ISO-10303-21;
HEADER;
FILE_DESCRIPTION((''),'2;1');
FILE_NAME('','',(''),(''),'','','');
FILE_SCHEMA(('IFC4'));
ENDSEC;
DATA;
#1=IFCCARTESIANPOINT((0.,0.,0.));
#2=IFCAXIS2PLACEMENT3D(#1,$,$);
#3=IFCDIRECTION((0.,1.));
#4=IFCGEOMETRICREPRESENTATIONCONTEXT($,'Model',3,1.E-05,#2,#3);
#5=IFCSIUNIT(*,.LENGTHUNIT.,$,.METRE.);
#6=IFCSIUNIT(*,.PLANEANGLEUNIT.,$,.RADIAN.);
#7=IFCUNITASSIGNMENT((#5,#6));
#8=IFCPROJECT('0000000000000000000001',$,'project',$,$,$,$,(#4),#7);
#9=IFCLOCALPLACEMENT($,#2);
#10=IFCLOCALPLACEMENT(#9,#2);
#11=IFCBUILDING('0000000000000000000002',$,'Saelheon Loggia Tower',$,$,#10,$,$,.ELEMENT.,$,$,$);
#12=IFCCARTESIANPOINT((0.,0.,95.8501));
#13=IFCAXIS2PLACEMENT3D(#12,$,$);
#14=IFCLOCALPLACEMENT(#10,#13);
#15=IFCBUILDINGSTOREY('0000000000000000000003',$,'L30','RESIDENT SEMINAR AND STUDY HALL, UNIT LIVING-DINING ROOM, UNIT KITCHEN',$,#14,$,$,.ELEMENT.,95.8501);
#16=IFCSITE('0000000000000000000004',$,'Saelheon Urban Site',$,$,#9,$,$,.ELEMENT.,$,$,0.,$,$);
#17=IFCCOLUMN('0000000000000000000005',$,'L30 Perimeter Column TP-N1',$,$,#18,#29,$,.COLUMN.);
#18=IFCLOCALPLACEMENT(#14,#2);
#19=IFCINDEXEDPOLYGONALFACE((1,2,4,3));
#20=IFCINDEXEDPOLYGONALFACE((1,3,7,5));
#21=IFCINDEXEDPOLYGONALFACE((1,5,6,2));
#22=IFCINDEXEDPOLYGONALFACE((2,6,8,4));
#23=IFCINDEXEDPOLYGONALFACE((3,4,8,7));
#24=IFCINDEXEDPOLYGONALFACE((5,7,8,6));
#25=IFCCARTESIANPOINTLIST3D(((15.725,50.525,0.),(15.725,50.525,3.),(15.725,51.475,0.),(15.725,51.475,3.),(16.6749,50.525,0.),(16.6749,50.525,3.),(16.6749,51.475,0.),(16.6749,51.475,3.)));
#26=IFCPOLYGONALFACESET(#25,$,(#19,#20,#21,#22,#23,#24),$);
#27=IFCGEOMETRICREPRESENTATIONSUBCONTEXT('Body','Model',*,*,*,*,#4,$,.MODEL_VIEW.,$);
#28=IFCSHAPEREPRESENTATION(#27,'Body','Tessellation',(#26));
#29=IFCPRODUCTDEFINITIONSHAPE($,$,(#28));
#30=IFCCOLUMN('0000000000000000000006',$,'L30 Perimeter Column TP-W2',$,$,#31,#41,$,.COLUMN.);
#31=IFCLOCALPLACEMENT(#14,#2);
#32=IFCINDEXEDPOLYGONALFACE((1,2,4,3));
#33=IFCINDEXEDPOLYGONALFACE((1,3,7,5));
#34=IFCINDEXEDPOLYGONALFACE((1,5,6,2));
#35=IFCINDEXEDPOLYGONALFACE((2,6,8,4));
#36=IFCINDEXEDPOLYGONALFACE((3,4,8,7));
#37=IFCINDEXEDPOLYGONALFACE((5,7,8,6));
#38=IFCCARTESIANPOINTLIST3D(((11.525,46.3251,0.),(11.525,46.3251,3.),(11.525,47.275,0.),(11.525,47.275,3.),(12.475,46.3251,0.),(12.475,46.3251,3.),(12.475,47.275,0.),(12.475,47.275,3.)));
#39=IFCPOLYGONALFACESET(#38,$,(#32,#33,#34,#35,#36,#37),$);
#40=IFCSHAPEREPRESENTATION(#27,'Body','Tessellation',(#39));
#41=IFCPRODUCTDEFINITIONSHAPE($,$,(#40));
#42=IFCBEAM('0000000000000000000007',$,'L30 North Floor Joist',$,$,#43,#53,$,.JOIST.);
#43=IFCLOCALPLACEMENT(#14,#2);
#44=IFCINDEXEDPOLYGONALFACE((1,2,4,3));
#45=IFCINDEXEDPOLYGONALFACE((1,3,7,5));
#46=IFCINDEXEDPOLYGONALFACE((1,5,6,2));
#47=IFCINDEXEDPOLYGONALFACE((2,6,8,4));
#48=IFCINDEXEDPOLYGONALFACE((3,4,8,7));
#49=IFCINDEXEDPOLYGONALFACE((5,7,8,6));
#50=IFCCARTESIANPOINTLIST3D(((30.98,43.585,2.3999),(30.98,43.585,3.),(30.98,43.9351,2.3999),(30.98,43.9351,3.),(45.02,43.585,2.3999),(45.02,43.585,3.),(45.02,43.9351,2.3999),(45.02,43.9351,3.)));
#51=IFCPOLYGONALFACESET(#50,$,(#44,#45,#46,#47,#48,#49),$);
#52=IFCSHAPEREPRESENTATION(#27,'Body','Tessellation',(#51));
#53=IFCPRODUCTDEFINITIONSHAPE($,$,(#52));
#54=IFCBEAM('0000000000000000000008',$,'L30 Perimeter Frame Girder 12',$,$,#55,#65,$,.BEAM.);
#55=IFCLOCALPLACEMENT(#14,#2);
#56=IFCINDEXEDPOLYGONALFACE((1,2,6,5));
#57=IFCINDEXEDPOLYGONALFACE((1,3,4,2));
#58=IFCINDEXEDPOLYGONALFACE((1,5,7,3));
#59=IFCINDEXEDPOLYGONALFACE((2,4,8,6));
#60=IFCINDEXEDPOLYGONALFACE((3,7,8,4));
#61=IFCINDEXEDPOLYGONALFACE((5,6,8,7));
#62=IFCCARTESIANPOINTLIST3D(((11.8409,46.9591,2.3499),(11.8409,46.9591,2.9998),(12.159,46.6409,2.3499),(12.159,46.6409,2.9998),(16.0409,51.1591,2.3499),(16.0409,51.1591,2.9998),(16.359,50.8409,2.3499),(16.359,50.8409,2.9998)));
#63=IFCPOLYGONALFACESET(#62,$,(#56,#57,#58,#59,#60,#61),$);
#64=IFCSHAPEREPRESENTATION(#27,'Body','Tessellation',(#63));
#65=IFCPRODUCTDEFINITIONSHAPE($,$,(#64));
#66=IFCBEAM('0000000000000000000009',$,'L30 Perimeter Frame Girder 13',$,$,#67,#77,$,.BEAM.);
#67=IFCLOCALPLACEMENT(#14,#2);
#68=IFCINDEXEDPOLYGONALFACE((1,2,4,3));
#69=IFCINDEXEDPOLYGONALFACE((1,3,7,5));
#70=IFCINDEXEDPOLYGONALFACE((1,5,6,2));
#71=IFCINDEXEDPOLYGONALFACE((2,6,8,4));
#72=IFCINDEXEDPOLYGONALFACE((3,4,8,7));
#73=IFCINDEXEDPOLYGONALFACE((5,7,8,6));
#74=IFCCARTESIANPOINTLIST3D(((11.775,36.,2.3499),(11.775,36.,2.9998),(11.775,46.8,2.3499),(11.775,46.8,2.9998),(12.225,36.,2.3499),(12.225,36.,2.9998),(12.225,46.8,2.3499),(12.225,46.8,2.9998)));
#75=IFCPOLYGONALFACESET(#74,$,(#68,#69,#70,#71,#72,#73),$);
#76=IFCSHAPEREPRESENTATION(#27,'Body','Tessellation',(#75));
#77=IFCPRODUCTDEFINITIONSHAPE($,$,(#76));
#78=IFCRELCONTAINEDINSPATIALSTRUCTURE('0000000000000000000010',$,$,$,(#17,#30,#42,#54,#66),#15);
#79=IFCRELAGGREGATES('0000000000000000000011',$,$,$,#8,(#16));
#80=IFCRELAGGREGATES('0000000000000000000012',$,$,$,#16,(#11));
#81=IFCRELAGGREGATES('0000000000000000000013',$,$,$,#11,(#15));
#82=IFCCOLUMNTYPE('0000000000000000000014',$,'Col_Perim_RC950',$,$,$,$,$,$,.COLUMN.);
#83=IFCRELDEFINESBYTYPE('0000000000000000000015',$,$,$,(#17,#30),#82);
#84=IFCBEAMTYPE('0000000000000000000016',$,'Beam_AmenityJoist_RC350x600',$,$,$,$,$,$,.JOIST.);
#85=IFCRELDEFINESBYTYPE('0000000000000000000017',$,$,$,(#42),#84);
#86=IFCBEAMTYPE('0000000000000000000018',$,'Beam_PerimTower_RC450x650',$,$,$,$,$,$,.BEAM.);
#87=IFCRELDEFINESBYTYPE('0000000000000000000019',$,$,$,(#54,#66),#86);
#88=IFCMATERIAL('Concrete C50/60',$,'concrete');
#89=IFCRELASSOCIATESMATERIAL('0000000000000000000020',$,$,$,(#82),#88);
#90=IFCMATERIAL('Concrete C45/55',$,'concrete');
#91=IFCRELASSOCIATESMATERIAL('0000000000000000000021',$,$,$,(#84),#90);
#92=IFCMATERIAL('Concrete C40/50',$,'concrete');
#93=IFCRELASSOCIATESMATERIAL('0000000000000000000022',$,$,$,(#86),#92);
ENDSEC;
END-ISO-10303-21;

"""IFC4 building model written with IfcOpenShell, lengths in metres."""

from ifc_helpers import new_model, si_unit, direction, frame, origin, origin_2d, place, context, subcontext, project, spatial, rectangle, extrude, source, transform, mapped, material, material_profile, profile_set, type_object, element, save


model = new_model("IFC4")

# Units and contexts
model_context = context("Model", 3, precision=1e-05, world=origin(), true_north=direction((0.0, 1.0)))
body_context = subcontext(model_context, "Body", "Model", "MODEL_VIEW")
ifc_project = project(units=[si_unit("LENGTHUNIT", "METRE"), si_unit("PLANEANGLEUNIT", "RADIAN")], contexts=[model_context])

# Site, building, storey
site_placement = place(None, origin())
site = spatial("IfcSite", under=ifc_project, at=site_placement, Name="Saelheon Urban Site", CompositionType="ELEMENT", RefElevation=0.0)
building_placement = place(site_placement, origin())
building = spatial("IfcBuilding", under=site, at=building_placement, Name="Saelheon Loggia Tower", CompositionType="ELEMENT")
storey_placement = place(building_placement, frame((0.0, 0.0, 95.8501)))
storey = spatial("IfcBuildingStorey", under=building, at=storey_placement, Name="L30", Description="RESIDENT SEMINAR AND STUDY HALL, UNIT LIVING-DINING ROOM, UNIT KITCHEN", CompositionType="ELEMENT", Elevation=95.8501)

# Columns
ifc_material_1 = material(Name="Concrete C50/60", Category="concrete")
ifc_material_profile_1 = material_profile(ifc_material_1, rectangle(XDim=0.95, YDim=0.95, at=origin_2d()), Name="RC-950x950")
ifc_profile_set_1 = profile_set([ifc_material_profile_1], Name="Concrete C50/60")
column_type = type_object("IfcColumnType", Name="Col_Perim_RC950", PredefinedType="COLUMN", material=ifc_profile_set_1)
shared_shape_1 = source(origin(), body_context, "Body", "SweptSolid", [
    extrude(rectangle(XDim=0.95, YDim=0.95, at=origin_2d()), origin(), (0.0, 0.0, 1.0), 3.0),
])
for number, where, z_axis, x_axis, name in (
    (1, (16.2, 51.0, 0.0), (0.0, 0.0, 1.0), (1.0, 0.0, 0.0), "L30 Perimeter Column TP-N1"),
    (2, (12.0, 46.8, 0.0), (0.0, 0.0, 1.0), (1.0, 0.0, 0.0), "L30 Perimeter Column TP-W2"),
):
    element("IfcColumn", number, at=place(storey_placement, frame(where, z_axis=z_axis, x_axis=x_axis)), inside=storey, type_object=column_type, Name=name, PredefinedType="COLUMN", context=body_context, shape_type="MappedRepresentation", body=[
        mapped(shared_shape_1, transform((0.0, 0.0, 0.0), scale=1.0)),
    ])

# Beams
ifc_material_2 = material(Name="Concrete C45/55", Category="concrete")
ifc_material_profile_2 = material_profile(ifc_material_2, rectangle(XDim=0.3501, YDim=0.6001, at=origin_2d()), Name="RC-350x600")
ifc_profile_set_2 = profile_set([ifc_material_profile_2], Name="Concrete C45/55")
beam_type_1 = type_object("IfcBeamType", Name="Beam_AmenityJoist_RC350x600", PredefinedType="JOIST", material=ifc_profile_set_2)
shared_shape_2 = source(origin(), body_context, "Body", "SweptSolid", [
    extrude(rectangle(XDim=0.3501, YDim=0.6001, at=origin_2d()), origin(), (0.0, 0.0, 1.0), 14.04),
])
beam_1_placement = place(storey_placement, frame((30.98, 43.76, 2.7), z_axis=(1.0, 0.0, 0.0), x_axis=(0.0, 1.0, 0.0)))
element("IfcBeam", 3, at=beam_1_placement, inside=storey, type_object=beam_type_1, Name="L30 North Floor Joist", PredefinedType="JOIST", context=body_context, shape_type="MappedRepresentation", body=[
    mapped(shared_shape_2, transform((0.0, 0.0, 0.0), scale=1.0)),
])
ifc_material_3 = material(Name="Concrete C40/50", Category="concrete")
ifc_material_profile_3 = material_profile(ifc_material_3, rectangle(XDim=0.45, YDim=0.6499, at=origin_2d()), Name="RC-450x650")
ifc_profile_set_3 = profile_set([ifc_material_profile_3], Name="Concrete C40/50")
beam_type_2 = type_object("IfcBeamType", Name="Beam_PerimTower_RC450x650", PredefinedType="BEAM", material=ifc_profile_set_3)
shared_shape_3 = source(origin(), body_context, "Body", "SweptSolid", [
    extrude(rectangle(XDim=0.45, YDim=0.6499, at=origin_2d()), origin(), (0.0, 0.0, 1.0), 5.9397),
])
beam_2_placement = place(storey_placement, frame((16.2, 51.0, 2.6748), z_axis=(-0.707107, -0.707107, 0.0), x_axis=(0.707107, -0.707107, 0.0)))
element("IfcBeam", 4, at=beam_2_placement, inside=storey, type_object=beam_type_2, Name="L30 Perimeter Frame Girder 12", PredefinedType="BEAM", context=body_context, shape_type="MappedRepresentation", body=[
    mapped(shared_shape_3, transform((0.0, 0.0, 0.0), scale=1.0)),
])
shared_shape_4 = source(origin(), body_context, "Body", "SweptSolid", [
    extrude(rectangle(XDim=0.45, YDim=0.6499, at=origin_2d()), origin(), (0.0, 0.0, 1.0), 10.8),
])
beam_3_placement = place(storey_placement, frame((12.0, 46.8, 2.6748), z_axis=(0.0, -1.0, 0.0), x_axis=(1.0, 0.0, 0.0)))
element("IfcBeam", 5, at=beam_3_placement, inside=storey, type_object=beam_type_2, Name="L30 Perimeter Frame Girder 13", PredefinedType="BEAM", context=body_context, shape_type="MappedRepresentation", body=[
    mapped(shared_shape_4, transform((0.0, 0.0, 0.0), scale=1.0)),
])

save(model, "model.ifc")
